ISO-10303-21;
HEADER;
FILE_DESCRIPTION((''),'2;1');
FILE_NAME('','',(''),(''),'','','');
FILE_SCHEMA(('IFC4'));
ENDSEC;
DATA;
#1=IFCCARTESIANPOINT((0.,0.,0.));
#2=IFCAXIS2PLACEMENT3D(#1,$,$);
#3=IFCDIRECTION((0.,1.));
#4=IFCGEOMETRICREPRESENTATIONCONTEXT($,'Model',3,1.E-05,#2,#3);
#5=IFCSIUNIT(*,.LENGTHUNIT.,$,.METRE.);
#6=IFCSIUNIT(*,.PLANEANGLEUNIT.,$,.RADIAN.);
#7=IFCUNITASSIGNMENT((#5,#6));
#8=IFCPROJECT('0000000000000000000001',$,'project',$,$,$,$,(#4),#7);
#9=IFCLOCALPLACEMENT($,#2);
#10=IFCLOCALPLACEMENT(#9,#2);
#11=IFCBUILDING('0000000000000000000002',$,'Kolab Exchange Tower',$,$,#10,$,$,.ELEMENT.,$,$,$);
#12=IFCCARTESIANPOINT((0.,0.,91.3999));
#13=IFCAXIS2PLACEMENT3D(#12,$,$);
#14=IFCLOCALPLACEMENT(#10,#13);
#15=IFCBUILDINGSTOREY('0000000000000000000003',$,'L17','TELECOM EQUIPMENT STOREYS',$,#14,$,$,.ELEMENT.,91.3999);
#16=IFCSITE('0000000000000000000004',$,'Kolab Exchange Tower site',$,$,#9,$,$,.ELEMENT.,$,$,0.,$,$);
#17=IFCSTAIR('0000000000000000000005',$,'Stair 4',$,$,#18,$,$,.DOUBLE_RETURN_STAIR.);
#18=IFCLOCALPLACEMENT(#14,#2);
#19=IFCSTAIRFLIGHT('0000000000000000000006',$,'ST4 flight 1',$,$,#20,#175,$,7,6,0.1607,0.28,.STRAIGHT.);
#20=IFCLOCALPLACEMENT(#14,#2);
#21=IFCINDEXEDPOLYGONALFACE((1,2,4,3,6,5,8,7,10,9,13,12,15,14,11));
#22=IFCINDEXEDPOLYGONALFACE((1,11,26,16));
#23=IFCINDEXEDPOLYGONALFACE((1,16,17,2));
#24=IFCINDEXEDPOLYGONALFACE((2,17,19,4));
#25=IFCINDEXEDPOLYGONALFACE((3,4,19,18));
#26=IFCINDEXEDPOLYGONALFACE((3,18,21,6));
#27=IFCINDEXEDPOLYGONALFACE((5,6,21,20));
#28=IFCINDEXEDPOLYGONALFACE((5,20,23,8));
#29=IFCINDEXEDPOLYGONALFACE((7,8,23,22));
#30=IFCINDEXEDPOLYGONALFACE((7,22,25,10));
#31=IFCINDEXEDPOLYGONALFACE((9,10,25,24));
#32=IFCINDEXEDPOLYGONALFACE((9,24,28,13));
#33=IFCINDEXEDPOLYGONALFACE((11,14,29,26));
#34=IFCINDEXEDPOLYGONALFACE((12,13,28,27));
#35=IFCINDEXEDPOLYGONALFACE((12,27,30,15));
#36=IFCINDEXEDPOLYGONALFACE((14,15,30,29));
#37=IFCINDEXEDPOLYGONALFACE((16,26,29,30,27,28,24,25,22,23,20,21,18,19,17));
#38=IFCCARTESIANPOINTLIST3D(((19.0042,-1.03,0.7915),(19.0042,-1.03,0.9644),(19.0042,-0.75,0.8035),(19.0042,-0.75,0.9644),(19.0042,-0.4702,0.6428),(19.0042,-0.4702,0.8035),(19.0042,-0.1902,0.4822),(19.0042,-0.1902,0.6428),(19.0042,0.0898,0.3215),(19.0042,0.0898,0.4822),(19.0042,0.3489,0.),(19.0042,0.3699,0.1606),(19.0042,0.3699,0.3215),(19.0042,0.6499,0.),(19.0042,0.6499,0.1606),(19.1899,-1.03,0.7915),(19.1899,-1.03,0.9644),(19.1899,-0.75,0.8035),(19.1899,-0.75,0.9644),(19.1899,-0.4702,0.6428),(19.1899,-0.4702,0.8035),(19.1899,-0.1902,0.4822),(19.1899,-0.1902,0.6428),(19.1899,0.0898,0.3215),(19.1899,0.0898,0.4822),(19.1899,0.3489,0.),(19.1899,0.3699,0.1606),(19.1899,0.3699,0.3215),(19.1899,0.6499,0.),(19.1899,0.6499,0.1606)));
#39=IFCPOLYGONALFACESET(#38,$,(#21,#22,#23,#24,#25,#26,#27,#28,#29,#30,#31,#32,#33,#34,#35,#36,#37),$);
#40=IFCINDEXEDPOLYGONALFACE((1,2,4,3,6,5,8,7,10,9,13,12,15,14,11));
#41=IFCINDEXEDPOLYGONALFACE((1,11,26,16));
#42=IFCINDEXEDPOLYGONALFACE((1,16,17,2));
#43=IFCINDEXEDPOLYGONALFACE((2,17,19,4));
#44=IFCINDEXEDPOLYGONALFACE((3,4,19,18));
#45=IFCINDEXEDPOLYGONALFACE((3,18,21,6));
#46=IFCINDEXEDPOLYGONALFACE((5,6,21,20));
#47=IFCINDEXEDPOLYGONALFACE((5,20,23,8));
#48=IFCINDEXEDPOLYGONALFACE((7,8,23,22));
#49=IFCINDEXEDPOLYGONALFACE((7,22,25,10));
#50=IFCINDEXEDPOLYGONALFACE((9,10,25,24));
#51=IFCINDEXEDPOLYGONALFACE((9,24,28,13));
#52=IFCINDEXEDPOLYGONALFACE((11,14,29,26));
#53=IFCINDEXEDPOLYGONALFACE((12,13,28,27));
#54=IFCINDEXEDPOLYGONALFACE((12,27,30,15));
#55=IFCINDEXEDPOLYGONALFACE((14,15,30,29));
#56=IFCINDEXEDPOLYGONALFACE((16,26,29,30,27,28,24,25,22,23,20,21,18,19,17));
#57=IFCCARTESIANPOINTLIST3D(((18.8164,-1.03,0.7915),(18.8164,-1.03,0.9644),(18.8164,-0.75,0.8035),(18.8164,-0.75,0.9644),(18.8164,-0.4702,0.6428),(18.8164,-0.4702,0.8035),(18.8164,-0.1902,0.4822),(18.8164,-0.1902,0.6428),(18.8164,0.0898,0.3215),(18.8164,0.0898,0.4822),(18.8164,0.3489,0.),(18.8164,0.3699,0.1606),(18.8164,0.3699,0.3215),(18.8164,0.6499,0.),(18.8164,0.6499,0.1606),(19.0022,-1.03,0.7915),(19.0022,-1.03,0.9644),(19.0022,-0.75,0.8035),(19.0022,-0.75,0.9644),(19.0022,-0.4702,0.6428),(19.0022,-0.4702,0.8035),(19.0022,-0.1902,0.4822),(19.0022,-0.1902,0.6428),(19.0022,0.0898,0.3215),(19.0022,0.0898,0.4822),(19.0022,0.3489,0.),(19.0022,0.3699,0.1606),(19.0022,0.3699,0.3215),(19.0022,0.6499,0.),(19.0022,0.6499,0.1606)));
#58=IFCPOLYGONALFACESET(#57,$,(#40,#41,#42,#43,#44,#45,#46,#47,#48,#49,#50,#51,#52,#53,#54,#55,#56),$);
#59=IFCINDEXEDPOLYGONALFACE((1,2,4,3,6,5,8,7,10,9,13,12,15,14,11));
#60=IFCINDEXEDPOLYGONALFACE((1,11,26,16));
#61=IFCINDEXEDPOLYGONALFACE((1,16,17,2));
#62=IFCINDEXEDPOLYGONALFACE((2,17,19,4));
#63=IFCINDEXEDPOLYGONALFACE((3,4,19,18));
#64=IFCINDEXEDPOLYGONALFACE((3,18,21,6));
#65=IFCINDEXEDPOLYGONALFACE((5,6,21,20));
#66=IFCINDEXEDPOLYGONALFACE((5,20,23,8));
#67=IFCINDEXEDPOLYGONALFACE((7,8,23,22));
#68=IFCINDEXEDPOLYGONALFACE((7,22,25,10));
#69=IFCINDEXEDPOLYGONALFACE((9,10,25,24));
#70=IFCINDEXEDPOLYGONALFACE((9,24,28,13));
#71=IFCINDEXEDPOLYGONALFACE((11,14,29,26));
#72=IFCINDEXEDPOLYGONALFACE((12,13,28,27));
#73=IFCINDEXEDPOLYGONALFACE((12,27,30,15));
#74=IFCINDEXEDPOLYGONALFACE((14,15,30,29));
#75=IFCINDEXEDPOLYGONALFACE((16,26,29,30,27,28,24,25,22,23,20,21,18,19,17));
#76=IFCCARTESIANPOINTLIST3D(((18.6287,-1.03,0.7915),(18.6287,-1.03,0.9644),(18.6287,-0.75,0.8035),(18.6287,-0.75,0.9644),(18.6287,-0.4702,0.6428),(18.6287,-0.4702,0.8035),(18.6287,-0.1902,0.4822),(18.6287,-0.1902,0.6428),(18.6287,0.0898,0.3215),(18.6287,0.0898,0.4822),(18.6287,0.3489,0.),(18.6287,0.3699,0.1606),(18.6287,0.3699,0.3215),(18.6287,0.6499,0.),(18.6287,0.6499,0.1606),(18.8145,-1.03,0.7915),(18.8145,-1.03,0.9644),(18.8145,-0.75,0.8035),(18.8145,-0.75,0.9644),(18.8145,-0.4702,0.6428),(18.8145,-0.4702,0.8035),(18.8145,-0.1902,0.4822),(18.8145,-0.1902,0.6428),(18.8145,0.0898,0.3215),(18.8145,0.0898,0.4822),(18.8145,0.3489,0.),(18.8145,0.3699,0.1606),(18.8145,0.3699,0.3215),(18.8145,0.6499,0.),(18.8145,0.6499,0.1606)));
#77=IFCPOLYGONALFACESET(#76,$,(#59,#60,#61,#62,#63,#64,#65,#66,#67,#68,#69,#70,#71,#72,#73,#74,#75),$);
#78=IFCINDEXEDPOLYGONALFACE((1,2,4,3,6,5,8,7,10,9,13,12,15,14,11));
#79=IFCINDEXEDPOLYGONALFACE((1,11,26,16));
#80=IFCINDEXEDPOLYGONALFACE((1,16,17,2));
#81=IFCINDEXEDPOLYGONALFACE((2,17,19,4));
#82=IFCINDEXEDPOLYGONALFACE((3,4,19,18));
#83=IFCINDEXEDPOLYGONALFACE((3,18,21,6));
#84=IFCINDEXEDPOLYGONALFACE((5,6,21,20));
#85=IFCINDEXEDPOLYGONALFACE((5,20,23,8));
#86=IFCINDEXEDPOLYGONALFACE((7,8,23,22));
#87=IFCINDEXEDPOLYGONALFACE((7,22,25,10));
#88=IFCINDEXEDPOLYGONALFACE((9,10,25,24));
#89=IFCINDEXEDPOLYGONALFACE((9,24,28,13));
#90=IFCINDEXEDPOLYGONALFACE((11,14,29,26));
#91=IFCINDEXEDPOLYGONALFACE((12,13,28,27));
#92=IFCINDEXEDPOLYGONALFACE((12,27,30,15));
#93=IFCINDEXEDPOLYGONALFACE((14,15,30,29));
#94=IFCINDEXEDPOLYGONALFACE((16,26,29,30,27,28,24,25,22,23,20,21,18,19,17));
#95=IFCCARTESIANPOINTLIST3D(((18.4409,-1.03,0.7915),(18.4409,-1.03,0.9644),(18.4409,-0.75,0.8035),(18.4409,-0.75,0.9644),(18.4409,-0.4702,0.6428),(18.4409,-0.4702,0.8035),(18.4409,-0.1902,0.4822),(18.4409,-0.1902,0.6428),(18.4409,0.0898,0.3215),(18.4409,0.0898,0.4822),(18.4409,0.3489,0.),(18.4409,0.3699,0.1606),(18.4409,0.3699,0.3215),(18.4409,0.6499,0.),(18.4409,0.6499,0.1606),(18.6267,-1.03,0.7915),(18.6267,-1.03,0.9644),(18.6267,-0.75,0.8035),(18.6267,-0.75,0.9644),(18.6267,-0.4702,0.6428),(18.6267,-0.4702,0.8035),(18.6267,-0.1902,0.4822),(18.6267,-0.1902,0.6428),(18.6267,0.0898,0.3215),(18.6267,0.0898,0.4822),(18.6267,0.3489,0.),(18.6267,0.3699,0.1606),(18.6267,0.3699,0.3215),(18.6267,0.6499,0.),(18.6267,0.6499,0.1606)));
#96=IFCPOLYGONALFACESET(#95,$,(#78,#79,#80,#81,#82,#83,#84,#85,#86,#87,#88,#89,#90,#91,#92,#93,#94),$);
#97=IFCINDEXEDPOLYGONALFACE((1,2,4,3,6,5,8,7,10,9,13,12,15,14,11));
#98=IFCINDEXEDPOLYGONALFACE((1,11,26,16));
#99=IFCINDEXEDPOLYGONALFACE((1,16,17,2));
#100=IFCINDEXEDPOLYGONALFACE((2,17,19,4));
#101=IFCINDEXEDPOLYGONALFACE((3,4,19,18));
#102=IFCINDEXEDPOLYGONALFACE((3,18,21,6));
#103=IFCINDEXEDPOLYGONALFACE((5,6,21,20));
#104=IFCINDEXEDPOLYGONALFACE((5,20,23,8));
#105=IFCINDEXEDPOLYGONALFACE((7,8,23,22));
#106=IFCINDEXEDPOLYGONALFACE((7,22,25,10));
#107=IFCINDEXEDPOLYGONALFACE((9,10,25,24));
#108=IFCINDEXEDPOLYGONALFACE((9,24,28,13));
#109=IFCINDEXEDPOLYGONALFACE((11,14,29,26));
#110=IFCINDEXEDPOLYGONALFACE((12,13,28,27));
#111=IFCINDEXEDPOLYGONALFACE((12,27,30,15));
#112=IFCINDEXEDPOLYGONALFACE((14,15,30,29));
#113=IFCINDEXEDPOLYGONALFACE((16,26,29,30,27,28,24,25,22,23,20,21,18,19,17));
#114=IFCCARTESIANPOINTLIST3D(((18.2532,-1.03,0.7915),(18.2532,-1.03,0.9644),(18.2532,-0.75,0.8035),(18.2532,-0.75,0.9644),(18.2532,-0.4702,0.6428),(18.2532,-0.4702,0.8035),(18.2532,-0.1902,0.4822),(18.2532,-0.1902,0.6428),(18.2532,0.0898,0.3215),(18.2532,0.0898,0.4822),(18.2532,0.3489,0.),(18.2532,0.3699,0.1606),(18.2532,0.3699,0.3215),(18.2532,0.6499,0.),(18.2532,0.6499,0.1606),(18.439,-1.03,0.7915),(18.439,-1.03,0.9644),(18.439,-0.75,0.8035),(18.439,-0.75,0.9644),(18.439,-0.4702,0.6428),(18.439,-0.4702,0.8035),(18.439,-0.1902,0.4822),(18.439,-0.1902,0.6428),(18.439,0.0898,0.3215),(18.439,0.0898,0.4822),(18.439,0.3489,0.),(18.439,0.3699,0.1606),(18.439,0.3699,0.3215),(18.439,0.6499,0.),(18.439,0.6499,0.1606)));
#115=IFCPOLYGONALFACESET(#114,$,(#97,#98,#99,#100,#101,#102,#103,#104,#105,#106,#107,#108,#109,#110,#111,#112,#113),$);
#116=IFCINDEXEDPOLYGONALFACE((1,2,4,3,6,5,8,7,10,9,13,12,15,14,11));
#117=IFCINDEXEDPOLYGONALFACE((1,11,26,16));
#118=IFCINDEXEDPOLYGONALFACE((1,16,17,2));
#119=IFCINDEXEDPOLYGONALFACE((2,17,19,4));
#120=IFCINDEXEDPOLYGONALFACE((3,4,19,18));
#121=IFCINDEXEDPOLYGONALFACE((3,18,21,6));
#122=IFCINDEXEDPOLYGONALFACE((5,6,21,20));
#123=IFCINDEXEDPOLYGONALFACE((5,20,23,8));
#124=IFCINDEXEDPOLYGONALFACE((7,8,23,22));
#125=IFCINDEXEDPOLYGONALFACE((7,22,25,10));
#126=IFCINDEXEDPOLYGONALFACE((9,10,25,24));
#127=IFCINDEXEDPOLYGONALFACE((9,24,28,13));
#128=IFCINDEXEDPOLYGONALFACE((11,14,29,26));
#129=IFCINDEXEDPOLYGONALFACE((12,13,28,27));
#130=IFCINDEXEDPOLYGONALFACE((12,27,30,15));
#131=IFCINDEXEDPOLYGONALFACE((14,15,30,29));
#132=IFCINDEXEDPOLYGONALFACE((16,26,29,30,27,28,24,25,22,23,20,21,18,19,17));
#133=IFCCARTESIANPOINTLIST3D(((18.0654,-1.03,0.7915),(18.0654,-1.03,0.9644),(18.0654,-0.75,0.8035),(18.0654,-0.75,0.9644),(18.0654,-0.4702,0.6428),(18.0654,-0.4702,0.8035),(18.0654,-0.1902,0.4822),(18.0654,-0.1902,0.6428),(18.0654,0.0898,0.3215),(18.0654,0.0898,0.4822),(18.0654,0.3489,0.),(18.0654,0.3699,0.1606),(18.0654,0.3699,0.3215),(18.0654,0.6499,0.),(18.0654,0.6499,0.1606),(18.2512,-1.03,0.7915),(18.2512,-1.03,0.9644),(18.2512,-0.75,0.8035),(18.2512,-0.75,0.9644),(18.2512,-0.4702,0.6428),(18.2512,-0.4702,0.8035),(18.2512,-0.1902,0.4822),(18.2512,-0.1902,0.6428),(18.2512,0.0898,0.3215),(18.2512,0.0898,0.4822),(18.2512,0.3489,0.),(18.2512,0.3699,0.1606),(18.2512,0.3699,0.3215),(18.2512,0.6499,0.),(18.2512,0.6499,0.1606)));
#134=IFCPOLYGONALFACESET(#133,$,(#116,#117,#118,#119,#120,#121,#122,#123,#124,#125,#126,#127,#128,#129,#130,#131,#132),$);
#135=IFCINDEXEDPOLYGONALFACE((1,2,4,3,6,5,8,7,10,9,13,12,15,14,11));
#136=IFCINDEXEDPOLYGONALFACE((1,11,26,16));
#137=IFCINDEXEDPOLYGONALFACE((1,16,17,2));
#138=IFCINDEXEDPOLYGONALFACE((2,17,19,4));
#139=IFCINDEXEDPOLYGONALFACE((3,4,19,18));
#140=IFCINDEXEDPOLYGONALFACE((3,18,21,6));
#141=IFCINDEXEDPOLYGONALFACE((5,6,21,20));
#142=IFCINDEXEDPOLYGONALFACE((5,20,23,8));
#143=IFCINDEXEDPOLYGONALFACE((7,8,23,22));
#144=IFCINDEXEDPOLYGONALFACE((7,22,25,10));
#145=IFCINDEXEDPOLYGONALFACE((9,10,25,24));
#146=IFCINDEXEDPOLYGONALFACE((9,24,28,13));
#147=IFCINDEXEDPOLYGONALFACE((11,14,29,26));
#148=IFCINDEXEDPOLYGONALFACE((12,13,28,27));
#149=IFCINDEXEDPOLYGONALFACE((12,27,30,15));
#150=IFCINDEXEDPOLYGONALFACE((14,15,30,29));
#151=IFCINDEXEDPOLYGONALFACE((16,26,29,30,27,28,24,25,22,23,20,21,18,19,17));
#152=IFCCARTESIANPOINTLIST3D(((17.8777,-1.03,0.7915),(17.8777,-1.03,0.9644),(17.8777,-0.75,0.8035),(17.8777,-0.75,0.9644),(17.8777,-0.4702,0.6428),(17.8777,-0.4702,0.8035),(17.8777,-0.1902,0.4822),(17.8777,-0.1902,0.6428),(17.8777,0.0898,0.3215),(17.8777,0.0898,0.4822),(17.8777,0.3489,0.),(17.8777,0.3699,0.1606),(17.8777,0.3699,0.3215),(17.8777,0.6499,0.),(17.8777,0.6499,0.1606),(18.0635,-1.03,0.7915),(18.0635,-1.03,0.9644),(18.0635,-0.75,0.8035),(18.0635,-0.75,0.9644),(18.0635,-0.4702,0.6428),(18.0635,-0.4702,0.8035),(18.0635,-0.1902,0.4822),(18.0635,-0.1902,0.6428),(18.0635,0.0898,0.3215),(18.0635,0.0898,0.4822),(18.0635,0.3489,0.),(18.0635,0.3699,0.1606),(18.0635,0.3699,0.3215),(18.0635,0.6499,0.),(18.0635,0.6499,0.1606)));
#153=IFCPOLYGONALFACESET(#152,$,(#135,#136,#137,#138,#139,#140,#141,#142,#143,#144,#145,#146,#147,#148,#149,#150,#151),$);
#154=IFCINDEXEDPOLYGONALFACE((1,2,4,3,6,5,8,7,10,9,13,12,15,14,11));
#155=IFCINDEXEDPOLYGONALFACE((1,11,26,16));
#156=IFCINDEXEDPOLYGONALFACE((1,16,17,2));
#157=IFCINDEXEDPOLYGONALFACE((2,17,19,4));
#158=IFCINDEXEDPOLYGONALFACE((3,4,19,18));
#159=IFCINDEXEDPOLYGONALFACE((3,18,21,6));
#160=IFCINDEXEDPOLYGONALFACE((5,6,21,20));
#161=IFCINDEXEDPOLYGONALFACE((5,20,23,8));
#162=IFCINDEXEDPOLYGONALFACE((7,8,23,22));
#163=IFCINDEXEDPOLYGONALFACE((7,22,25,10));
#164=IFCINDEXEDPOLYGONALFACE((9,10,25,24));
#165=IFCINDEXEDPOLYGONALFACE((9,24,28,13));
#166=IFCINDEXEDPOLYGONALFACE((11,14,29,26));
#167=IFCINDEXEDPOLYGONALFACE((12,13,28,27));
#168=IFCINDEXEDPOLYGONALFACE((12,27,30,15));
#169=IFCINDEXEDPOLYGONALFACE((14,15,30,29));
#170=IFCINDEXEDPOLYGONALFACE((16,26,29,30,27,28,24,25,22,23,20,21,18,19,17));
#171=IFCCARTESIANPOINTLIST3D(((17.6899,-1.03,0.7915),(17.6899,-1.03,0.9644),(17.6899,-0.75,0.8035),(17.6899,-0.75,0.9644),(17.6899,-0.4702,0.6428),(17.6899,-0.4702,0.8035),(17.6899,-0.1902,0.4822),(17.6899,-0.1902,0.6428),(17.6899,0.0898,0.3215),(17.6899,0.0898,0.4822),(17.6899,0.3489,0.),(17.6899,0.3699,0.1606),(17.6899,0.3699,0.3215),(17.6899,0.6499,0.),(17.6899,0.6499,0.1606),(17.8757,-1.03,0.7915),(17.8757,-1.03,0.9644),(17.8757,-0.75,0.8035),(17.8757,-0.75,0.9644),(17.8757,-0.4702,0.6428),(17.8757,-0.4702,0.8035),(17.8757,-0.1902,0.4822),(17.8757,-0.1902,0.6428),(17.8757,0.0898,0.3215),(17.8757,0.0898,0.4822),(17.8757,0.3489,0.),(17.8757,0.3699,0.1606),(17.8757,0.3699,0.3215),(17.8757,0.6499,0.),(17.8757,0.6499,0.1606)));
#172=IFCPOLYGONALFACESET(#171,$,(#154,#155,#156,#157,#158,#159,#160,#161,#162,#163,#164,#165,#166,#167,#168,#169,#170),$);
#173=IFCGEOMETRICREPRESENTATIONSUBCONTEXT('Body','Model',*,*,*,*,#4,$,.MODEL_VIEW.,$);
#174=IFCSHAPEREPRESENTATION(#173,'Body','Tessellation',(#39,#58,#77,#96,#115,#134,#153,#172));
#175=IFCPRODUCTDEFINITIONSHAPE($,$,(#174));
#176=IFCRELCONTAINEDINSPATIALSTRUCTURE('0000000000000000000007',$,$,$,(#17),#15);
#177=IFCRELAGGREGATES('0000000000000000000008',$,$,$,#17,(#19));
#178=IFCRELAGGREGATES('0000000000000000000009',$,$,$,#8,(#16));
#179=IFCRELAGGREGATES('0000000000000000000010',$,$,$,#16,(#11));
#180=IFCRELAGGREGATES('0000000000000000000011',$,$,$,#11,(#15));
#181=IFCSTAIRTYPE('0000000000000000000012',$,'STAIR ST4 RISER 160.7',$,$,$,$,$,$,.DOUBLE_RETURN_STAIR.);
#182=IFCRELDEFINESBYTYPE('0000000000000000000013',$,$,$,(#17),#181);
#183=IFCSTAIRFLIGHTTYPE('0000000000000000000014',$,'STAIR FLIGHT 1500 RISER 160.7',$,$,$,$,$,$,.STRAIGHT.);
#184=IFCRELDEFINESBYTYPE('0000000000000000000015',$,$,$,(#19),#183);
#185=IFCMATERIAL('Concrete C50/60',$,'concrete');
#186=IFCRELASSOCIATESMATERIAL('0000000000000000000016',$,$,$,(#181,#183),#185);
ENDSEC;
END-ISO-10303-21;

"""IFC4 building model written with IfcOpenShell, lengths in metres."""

from ifc_helpers import new_model, si_unit, direction, frame, origin, place, context, subcontext, project, spatial, polyline, outline, extrude, material, type_object, element, aggregate, save


model = new_model("IFC4")

# Units and contexts
model_context = context("Model", 3, precision=1e-05, world=origin(), true_north=direction((0.0, 1.0)))
body_context = subcontext(model_context, "Body", "Model", "MODEL_VIEW")
ifc_project = project(units=[si_unit("LENGTHUNIT", "METRE"), si_unit("PLANEANGLEUNIT", "RADIAN")], contexts=[model_context])

# Site, building, storey
site_placement = place(None, origin())
site = spatial("IfcSite", under=ifc_project, at=site_placement, Name="Kolab Exchange Tower site", CompositionType="ELEMENT", RefElevation=0.0)
building_placement = place(site_placement, origin())
building = spatial("IfcBuilding", under=site, at=building_placement, Name="Kolab Exchange Tower", CompositionType="ELEMENT")
storey_placement = place(building_placement, frame((0.0, 0.0, 91.3999)))
storey = spatial("IfcBuildingStorey", under=building, at=storey_placement, Name="L17", Description="TELECOM EQUIPMENT STOREYS", CompositionType="ELEMENT", Elevation=91.3999)

# Shared definitions
ifc_material_1 = material(Name="Concrete C50/60", Category="concrete")

# Stair, stair flight
stair_type = type_object("IfcStairType", Name="STAIR ST4 RISER 160.7", PredefinedType="DOUBLE_RETURN_STAIR", material=ifc_material_1)
stair_placement = place(storey_placement, origin())
stair = element("IfcStair", 1, at=stair_placement, inside=storey, type_object=stair_type, Name="Stair 4", PredefinedType="DOUBLE_RETURN_STAIR")
stair_flight_type = type_object("IfcStairFlightType", Name="STAIR FLIGHT 1500 RISER 160.7", PredefinedType="STRAIGHT", material=ifc_material_1)
stair_flight_1_placement = place(storey_placement, frame((18.4399, 0.6499, 0.0), z_axis=(0.0, 0.0, 1.0), x_axis=(0.0, -1.0, 0.0)))
stair_flight_1 = element("IfcStairFlight", 2, at=stair_flight_1_placement, type_object=stair_flight_type, Name="ST4 flight 1", NumberOfRisers=7, NumberOfTreads=6, PredefinedType="STRAIGHT", RiserHeight=0.1607, TreadLength=0.28, context=body_context, shape_type="SweptSolid", body=[
    extrude(outline(polyline([(0.0, 0.0), (0.0, 0.1606), (0.28, 0.1606), (0.28, 0.3215), (0.5601, 0.3215), (0.5601, 0.4822), (0.8401, 0.4822), (0.8401, 0.6428), (1.1201, 0.6428), (1.1201, 0.8035), (1.3999, 0.8035), (1.3999, 0.9644), (1.6799, 0.9644), (1.6799, 1.125), (1.6799, 0.7915), (0.301, 0.0), (0.0, 0.0)])), frame((0.0, 0.75, 0.0), z_axis=(0.0, -1.0, 0.0), x_axis=(1.0, 0.0, 0.0)), (0.0, 0.0, 1.0), 0.1858),
    extrude(outline(polyline([(0.0, 0.0), (0.0, 0.1606), (0.28, 0.1606), (0.28, 0.3215), (0.5601, 0.3215), (0.5601, 0.4822), (0.8401, 0.4822), (0.8401, 0.6428), (1.1201, 0.6428), (1.1201, 0.8035), (1.3999, 0.8035), (1.3999, 0.9644), (1.6799, 0.9644), (1.6799, 1.125), (1.6799, 0.7915), (0.301, 0.0), (0.0, 0.0)])), frame((0.0, 0.5623, 0.0), z_axis=(0.0, -1.0, 0.0), x_axis=(1.0, 0.0, 0.0)), (0.0, 0.0, 1.0), 0.1858),
    extrude(outline(polyline([(0.0, 0.0), (0.0, 0.1606), (0.28, 0.1606), (0.28, 0.3215), (0.5601, 0.3215), (0.5601, 0.4822), (0.8401, 0.4822), (0.8401, 0.6428), (1.1201, 0.6428), (1.1201, 0.8035), (1.3999, 0.8035), (1.3999, 0.9644), (1.6799, 0.9644), (1.6799, 1.125), (1.6799, 0.7915), (0.301, 0.0), (0.0, 0.0)])), frame((0.0, 0.3745, 0.0), z_axis=(0.0, -1.0, 0.0), x_axis=(1.0, 0.0, 0.0)), (0.0, 0.0, 1.0), 0.1858),
    extrude(outline(polyline([(0.0, 0.0), (0.0, 0.1606), (0.28, 0.1606), (0.28, 0.3215), (0.5601, 0.3215), (0.5601, 0.4822), (0.8401, 0.4822), (0.8401, 0.6428), (1.1201, 0.6428), (1.1201, 0.8035), (1.3999, 0.8035), (1.3999, 0.9644), (1.6799, 0.9644), (1.6799, 1.125), (1.6799, 0.7915), (0.301, 0.0), (0.0, 0.0)])), frame((0.0, 0.1868, 0.0), z_axis=(0.0, -1.0, 0.0), x_axis=(1.0, 0.0, 0.0)), (0.0, 0.0, 1.0), 0.1858),
    extrude(outline(polyline([(0.0, 0.0), (0.0, 0.1606), (0.28, 0.1606), (0.28, 0.3215), (0.5601, 0.3215), (0.5601, 0.4822), (0.8401, 0.4822), (0.8401, 0.6428), (1.1201, 0.6428), (1.1201, 0.8035), (1.3999, 0.8035), (1.3999, 0.9644), (1.6799, 0.9644), (1.6799, 1.125), (1.6799, 0.7915), (0.301, 0.0), (0.0, 0.0)])), frame((0.0, -0.001, 0.0), z_axis=(0.0, -1.0, 0.0), x_axis=(1.0, 0.0, 0.0)), (0.0, 0.0, 1.0), 0.1858),
    extrude(outline(polyline([(0.0, 0.0), (0.0, 0.1606), (0.28, 0.1606), (0.28, 0.3215), (0.5601, 0.3215), (0.5601, 0.4822), (0.8401, 0.4822), (0.8401, 0.6428), (1.1201, 0.6428), (1.1201, 0.8035), (1.3999, 0.8035), (1.3999, 0.9644), (1.6799, 0.9644), (1.6799, 1.125), (1.6799, 0.7915), (0.301, 0.0), (0.0, 0.0)])), frame((0.0, -0.1887, 0.0), z_axis=(0.0, -1.0, 0.0), x_axis=(1.0, 0.0, 0.0)), (0.0, 0.0, 1.0), 0.1858),
    extrude(outline(polyline([(0.0, 0.0), (0.0, 0.1606), (0.28, 0.1606), (0.28, 0.3215), (0.5601, 0.3215), (0.5601, 0.4822), (0.8401, 0.4822), (0.8401, 0.6428), (1.1201, 0.6428), (1.1201, 0.8035), (1.3999, 0.8035), (1.3999, 0.9644), (1.6799, 0.9644), (1.6799, 1.125), (1.6799, 0.7915), (0.301, 0.0), (0.0, 0.0)])), frame((0.0, -0.3765, 0.0), z_axis=(0.0, -1.0, 0.0), x_axis=(1.0, 0.0, 0.0)), (0.0, 0.0, 1.0), 0.1858),
    extrude(outline(polyline([(0.0, 0.0), (0.0, 0.1606), (0.28, 0.1606), (0.28, 0.3215), (0.5601, 0.3215), (0.5601, 0.4822), (0.8401, 0.4822), (0.8401, 0.6428), (1.1201, 0.6428), (1.1201, 0.8035), (1.3999, 0.8035), (1.3999, 0.9644), (1.6799, 0.9644), (1.6799, 1.125), (1.6799, 0.7915), (0.301, 0.0), (0.0, 0.0)])), frame((0.0, -0.5642, 0.0), z_axis=(0.0, -1.0, 0.0), x_axis=(1.0, 0.0, 0.0)), (0.0, 0.0, 1.0), 0.1858),
])
aggregate(stair, [stair_flight_1])

save(model, "model.ifc")
